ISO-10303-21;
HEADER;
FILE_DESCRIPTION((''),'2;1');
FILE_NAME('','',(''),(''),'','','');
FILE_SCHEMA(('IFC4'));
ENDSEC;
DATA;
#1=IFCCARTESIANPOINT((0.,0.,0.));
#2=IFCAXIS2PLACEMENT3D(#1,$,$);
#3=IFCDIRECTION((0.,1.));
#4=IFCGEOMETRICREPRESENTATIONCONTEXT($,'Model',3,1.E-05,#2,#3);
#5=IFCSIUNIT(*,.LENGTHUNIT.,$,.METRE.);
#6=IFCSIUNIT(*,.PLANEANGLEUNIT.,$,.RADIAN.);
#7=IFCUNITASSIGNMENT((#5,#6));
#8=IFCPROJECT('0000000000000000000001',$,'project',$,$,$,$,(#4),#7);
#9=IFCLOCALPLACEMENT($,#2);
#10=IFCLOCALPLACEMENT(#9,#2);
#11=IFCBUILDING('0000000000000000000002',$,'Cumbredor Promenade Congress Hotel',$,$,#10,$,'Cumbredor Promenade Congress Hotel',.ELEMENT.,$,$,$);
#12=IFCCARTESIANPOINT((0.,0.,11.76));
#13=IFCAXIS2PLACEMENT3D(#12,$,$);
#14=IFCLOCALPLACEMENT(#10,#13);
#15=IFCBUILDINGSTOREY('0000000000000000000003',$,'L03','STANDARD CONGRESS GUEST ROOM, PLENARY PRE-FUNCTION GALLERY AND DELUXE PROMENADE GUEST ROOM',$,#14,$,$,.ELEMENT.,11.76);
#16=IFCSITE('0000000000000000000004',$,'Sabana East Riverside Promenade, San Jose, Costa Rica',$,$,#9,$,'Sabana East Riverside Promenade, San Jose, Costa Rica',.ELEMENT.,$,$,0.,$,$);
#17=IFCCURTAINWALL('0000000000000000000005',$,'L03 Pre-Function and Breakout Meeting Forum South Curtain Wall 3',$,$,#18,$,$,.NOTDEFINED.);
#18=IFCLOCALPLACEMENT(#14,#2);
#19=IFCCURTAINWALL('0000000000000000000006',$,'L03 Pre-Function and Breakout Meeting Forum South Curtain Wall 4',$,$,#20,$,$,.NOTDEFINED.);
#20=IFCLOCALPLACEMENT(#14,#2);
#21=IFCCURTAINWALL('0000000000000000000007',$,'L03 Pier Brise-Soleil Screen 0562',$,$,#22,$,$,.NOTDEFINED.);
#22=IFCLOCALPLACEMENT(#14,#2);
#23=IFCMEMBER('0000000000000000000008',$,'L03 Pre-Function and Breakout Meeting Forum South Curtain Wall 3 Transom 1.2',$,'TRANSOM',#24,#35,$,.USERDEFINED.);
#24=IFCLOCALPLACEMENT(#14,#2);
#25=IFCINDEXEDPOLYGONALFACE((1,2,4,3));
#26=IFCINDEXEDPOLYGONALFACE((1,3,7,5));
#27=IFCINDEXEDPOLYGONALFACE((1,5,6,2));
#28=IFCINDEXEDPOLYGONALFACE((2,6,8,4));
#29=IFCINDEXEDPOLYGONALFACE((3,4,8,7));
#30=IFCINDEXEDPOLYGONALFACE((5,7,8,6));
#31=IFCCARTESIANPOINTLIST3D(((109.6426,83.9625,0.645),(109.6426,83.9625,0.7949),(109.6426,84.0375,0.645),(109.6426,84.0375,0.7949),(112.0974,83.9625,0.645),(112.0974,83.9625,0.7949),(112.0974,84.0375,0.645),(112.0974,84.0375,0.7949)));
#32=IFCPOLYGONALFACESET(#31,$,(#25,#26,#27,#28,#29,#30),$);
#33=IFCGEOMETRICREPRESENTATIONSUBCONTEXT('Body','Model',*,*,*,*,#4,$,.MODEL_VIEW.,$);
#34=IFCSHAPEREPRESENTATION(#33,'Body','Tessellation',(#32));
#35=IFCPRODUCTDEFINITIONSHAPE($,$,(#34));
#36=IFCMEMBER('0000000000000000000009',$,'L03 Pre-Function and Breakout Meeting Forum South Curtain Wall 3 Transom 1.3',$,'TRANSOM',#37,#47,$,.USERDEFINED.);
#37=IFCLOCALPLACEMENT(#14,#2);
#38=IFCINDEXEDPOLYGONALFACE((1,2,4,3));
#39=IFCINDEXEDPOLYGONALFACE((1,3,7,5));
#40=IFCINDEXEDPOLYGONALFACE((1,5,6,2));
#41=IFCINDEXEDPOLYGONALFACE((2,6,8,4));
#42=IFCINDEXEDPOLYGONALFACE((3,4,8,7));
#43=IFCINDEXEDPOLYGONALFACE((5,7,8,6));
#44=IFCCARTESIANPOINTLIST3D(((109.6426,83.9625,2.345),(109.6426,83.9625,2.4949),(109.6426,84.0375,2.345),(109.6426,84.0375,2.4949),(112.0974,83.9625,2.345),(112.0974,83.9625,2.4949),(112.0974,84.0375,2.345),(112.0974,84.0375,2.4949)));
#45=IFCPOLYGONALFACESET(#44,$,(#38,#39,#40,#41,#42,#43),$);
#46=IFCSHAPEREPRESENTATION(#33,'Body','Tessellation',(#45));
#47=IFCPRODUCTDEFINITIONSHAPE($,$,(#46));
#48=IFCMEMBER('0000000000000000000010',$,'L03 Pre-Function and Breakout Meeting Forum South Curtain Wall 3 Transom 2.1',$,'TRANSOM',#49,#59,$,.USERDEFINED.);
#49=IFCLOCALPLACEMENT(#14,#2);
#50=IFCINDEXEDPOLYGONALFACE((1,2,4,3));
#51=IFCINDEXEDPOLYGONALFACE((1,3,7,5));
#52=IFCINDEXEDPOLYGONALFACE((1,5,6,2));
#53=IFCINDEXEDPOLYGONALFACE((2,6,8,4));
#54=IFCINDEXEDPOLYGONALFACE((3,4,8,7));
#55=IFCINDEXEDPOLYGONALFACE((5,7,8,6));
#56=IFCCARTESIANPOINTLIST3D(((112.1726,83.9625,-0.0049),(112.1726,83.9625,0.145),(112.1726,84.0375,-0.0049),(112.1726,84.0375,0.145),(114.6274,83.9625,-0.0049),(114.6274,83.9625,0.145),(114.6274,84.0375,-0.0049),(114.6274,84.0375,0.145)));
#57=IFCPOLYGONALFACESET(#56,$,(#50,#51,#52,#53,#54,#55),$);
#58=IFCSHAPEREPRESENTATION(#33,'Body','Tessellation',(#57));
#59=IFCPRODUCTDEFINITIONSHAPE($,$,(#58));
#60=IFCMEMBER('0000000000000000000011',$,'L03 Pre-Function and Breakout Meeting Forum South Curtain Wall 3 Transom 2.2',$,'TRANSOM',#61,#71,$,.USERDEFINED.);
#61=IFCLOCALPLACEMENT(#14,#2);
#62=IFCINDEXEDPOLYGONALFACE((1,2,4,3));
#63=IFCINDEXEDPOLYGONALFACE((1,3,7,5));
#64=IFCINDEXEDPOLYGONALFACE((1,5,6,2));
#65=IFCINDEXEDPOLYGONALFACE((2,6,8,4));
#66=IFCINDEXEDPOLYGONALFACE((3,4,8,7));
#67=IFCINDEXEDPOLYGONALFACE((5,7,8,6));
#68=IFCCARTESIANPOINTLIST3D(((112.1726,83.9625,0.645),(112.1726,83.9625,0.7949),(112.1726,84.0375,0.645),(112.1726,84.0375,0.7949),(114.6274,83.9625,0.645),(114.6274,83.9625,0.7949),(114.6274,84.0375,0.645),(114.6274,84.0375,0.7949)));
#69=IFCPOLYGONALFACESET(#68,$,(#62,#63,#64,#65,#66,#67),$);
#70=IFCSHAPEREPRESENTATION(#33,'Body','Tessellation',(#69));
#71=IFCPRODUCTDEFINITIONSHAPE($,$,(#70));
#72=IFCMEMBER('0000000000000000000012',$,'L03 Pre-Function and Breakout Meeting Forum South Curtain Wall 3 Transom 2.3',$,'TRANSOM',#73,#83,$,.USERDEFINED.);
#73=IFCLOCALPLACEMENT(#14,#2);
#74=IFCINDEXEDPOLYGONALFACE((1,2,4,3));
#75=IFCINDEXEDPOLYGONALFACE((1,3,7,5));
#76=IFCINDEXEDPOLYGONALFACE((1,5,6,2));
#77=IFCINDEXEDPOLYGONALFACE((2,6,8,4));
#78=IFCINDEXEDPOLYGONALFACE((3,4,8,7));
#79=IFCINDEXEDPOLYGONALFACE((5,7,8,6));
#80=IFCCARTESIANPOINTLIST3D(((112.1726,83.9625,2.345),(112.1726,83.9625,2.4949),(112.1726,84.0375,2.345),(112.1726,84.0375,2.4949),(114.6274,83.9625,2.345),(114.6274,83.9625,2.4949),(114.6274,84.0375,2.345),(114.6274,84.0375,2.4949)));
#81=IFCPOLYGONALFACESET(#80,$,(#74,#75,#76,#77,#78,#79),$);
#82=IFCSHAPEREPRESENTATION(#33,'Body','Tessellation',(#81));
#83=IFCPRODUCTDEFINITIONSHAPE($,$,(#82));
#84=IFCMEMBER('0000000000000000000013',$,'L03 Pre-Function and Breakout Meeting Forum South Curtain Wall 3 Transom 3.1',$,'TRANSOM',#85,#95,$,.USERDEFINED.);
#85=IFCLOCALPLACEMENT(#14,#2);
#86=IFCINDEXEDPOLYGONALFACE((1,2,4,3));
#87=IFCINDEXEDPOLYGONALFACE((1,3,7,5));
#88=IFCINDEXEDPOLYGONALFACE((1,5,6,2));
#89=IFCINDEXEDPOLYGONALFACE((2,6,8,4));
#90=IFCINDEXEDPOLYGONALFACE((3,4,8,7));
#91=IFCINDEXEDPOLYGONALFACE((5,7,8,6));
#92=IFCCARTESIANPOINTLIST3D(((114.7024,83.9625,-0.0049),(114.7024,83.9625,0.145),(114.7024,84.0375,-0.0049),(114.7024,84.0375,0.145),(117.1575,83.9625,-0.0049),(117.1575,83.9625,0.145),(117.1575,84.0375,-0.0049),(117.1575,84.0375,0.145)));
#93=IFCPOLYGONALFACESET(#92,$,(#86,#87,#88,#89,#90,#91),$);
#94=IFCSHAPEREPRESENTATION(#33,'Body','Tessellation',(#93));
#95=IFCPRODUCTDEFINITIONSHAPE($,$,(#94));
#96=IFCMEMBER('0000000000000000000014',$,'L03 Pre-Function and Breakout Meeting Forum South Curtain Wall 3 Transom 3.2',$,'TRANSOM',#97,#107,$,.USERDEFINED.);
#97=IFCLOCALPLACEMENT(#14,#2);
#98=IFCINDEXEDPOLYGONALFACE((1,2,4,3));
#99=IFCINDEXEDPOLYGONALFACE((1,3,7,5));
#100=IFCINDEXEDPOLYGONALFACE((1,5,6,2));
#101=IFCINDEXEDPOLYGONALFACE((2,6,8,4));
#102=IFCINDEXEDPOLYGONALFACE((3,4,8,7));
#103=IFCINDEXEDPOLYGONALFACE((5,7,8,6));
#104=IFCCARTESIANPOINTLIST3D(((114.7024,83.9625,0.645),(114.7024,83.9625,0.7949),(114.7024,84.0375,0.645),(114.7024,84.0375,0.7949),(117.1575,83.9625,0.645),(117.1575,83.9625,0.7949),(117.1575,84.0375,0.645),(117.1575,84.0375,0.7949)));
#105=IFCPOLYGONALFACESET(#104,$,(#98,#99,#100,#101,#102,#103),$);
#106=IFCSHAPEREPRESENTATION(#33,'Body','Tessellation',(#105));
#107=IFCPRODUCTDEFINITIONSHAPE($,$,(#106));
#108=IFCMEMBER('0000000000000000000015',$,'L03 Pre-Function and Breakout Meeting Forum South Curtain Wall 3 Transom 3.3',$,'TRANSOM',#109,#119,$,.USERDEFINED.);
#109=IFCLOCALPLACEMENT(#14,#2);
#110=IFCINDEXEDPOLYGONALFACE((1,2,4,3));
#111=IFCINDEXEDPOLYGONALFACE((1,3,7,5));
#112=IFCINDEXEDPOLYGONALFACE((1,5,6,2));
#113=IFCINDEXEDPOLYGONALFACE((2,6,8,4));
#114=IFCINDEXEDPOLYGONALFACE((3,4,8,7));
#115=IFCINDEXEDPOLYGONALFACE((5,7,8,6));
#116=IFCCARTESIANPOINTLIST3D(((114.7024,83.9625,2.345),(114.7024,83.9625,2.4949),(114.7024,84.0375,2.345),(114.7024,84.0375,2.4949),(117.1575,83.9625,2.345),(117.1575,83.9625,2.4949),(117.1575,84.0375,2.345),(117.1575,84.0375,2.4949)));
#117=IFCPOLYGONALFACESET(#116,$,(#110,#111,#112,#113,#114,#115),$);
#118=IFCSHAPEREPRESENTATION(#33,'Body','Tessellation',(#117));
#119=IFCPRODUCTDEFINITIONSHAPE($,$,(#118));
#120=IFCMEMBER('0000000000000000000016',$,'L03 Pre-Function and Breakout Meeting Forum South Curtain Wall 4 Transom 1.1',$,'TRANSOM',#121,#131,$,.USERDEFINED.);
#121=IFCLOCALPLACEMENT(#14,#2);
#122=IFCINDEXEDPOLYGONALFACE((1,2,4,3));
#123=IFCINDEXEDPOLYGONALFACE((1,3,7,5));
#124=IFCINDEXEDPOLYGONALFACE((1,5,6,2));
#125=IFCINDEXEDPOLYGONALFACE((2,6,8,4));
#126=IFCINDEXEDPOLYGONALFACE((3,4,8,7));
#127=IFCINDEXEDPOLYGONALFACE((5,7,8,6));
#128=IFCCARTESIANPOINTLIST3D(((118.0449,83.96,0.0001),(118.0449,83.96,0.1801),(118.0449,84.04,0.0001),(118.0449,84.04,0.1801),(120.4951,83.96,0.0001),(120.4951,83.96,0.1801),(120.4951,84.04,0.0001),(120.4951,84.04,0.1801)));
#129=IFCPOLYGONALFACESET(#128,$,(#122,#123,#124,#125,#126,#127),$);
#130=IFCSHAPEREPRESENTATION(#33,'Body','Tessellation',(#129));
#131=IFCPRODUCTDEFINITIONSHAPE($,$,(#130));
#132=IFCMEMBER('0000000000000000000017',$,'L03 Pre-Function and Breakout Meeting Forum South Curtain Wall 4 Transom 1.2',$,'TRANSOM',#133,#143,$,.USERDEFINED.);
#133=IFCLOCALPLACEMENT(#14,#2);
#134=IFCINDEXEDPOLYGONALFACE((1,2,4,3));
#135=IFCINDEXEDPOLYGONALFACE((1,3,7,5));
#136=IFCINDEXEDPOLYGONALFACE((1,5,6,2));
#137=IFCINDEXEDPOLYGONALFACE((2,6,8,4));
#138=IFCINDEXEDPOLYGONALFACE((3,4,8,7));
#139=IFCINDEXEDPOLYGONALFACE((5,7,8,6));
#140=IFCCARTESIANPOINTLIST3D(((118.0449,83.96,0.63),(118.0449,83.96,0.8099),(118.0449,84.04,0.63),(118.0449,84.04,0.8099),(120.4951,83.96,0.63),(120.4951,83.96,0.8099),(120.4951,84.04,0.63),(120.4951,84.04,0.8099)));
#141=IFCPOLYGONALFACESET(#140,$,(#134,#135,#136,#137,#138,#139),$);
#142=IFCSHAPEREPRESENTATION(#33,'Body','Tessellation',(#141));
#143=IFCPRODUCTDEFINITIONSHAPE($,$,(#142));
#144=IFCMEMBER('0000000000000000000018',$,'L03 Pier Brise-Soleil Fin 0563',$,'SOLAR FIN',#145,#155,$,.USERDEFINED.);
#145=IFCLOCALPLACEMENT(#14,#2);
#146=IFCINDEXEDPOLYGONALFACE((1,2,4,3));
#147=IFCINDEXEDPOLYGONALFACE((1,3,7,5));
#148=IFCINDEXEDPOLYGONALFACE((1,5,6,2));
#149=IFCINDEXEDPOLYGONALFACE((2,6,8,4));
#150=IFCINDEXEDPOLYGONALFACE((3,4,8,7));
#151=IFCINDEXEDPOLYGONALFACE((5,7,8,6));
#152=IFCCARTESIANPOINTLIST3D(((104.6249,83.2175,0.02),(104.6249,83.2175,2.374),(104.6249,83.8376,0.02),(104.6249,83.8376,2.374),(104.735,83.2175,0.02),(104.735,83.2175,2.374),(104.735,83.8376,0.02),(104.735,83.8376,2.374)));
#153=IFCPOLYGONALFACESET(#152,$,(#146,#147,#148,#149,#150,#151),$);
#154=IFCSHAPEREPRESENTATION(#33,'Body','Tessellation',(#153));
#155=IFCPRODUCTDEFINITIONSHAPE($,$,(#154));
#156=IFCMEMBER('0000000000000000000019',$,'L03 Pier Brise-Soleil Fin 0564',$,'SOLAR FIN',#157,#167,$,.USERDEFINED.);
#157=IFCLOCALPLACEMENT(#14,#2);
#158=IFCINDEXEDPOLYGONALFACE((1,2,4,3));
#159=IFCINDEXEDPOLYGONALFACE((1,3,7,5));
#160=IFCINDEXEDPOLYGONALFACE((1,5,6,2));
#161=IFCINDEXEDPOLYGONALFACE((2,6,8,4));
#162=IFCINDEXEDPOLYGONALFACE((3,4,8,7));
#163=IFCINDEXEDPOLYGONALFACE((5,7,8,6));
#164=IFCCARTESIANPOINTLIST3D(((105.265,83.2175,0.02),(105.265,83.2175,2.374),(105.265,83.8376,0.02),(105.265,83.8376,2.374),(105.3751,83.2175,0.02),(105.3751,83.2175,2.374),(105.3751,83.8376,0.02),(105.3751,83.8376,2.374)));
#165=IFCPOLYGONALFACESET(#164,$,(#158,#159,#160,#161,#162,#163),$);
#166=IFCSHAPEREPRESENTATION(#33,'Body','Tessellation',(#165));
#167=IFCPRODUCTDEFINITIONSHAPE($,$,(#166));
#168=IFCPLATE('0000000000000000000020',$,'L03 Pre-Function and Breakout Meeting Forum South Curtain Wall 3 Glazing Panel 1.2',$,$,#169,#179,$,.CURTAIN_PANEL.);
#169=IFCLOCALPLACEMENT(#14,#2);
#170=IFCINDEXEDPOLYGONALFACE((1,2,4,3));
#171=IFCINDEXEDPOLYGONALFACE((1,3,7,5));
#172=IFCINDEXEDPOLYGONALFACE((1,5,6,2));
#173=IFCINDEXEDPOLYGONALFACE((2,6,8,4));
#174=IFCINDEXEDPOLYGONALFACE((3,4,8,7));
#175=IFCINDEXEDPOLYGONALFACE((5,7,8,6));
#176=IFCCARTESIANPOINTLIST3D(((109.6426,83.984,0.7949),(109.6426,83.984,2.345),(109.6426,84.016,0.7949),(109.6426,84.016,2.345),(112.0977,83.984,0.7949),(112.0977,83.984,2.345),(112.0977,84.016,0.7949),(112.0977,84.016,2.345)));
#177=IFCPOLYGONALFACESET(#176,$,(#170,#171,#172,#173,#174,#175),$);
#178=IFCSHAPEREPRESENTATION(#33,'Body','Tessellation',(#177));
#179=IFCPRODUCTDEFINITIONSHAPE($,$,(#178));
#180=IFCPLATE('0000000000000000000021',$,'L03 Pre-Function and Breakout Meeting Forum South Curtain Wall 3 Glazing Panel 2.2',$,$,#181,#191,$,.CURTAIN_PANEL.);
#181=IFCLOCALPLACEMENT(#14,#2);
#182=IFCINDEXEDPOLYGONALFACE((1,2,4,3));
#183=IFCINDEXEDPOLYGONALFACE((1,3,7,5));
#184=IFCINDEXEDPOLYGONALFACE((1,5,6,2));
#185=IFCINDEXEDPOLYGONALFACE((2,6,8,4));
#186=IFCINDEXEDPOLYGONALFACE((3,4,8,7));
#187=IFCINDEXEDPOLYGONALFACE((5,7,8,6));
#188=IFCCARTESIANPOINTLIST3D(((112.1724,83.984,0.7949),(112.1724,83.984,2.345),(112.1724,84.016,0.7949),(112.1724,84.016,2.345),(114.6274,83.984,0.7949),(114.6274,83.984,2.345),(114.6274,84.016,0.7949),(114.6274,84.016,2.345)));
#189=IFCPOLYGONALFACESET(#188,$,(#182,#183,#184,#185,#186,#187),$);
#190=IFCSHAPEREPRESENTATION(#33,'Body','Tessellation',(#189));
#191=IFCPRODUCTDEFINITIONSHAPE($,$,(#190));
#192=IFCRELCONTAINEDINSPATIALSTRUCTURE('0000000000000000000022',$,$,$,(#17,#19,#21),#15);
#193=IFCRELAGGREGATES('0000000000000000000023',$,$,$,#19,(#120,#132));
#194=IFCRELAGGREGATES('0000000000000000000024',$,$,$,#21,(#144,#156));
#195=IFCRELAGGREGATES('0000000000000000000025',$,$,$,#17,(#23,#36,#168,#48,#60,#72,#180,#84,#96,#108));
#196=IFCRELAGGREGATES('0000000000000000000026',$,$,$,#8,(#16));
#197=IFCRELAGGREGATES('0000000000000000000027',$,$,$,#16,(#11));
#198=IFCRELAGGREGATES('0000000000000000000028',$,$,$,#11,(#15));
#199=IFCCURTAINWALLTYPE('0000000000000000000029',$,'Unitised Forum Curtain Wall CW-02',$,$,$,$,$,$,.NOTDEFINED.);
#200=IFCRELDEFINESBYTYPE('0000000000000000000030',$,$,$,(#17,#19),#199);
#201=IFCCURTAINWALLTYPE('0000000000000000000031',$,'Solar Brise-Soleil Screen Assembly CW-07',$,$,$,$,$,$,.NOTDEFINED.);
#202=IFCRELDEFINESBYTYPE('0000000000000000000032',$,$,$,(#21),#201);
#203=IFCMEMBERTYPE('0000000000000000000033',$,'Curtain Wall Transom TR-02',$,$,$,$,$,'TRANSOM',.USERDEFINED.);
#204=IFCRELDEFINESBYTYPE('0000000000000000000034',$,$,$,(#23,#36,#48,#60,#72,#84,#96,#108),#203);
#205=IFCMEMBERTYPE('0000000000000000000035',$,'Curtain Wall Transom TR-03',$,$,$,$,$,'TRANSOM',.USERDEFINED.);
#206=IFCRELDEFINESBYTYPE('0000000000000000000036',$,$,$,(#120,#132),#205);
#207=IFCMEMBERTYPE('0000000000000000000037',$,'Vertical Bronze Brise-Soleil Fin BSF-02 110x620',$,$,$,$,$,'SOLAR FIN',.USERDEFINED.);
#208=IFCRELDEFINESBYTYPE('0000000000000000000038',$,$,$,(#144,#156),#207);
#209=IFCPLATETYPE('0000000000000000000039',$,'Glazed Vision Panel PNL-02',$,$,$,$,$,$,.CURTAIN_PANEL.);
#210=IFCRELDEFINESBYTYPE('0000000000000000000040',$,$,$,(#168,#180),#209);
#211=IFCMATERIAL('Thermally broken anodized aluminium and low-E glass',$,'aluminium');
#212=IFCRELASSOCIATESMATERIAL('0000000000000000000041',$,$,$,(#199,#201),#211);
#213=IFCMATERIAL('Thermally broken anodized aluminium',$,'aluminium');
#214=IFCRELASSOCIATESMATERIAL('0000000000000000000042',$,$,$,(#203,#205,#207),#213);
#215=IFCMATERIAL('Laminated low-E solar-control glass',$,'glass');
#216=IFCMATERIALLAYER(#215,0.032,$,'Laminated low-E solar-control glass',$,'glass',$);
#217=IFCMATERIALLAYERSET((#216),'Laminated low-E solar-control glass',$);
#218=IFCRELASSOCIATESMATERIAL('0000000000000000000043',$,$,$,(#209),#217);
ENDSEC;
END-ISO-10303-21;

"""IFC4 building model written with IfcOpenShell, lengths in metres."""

from ifc_helpers import new_model, si_unit, direction, frame, origin, origin_2d, place, context, subcontext, project, spatial, rectangle, extrude, material, layer, layer_set, material_profile, profile_set, type_object, element, aggregate, save


model = new_model("IFC4")

# Units and contexts
model_context = context("Model", 3, precision=1e-05, world=origin(), true_north=direction((0.0, 1.0)))
body_context = subcontext(model_context, "Body", "Model", "MODEL_VIEW")
ifc_project = project(units=[si_unit("LENGTHUNIT", "METRE"), si_unit("PLANEANGLEUNIT", "RADIAN")], contexts=[model_context])

# Site, building, storey
site_placement = place(None, origin())
site = spatial("IfcSite", under=ifc_project, at=site_placement, Name="Sabana East Riverside Promenade, San Jose, Costa Rica", LongName="Sabana East Riverside Promenade, San Jose, Costa Rica", CompositionType="ELEMENT", RefElevation=0.0)
building_placement = place(site_placement, origin())
building = spatial("IfcBuilding", under=site, at=building_placement, Name="Cumbredor Promenade Congress Hotel", LongName="Cumbredor Promenade Congress Hotel", CompositionType="ELEMENT")
storey_placement = place(building_placement, frame((0.0, 0.0, 11.76)))
storey = spatial("IfcBuildingStorey", under=building, at=storey_placement, Name="L03", Description="STANDARD CONGRESS GUEST ROOM, PLENARY PRE-FUNCTION GALLERY AND DELUXE PROMENADE GUEST ROOM", CompositionType="ELEMENT", Elevation=11.76)

# Curtain wall
ifc_material_1 = material(Name="Thermally broken anodized aluminium and low-E glass", Category="aluminium")
curtain_wall_type_1 = type_object("IfcCurtainWallType", Name="Unitised Forum Curtain Wall CW-02", PredefinedType="NOTDEFINED", material=ifc_material_1)
curtain_wall_1_placement = place(storey_placement, origin())
curtain_wall_1 = element("IfcCurtainWall", 1, at=curtain_wall_1_placement, inside=storey, type_object=curtain_wall_type_1, Name="L03 Pre-Function and Breakout Meeting Forum South Curtain Wall 3", PredefinedType="NOTDEFINED")
ifc_material_2 = material(Name="Thermally broken anodized aluminium", Category="aluminium")

# Curtain walls
curtain_wall_2_placement = place(storey_placement, origin())
curtain_wall_2 = element("IfcCurtainWall", 2, at=curtain_wall_2_placement, inside=storey, type_object=curtain_wall_type_1, Name="L03 Pre-Function and Breakout Meeting Forum South Curtain Wall 4", PredefinedType="NOTDEFINED")
curtain_wall_type_2 = type_object("IfcCurtainWallType", Name="Solar Brise-Soleil Screen Assembly CW-07", PredefinedType="NOTDEFINED", material=ifc_material_1)
curtain_wall_3_placement = place(storey_placement, origin())
curtain_wall_3 = element("IfcCurtainWall", 3, at=curtain_wall_3_placement, inside=storey, type_object=curtain_wall_type_2, Name="L03 Pier Brise-Soleil Screen 0562", PredefinedType="NOTDEFINED")

# Members
ifc_material_profile_1 = material_profile(ifc_material_2, rectangle(XDim=0.075, YDim=0.1499, at=origin_2d()), Name="ALU TRANSOM 75x150")
ifc_profile_set_1 = profile_set([ifc_material_profile_1], Name="Thermally broken anodized aluminium")
member_type_1 = type_object("IfcMemberType", Name="Curtain Wall Transom TR-02", ElementType="TRANSOM", PredefinedType="USERDEFINED", material=ifc_profile_set_1)
member_1_placement = place(storey_placement, frame((109.6426, 84.0, 0.72), z_axis=(1.0, 0.0, 0.0), x_axis=(0.0, 1.0, 0.0)))
member_1 = element("IfcMember", 4, at=member_1_placement, type_object=member_type_1, Name="L03 Pre-Function and Breakout Meeting Forum South Curtain Wall 3 Transom 1.2", ObjectType="TRANSOM", PredefinedType="USERDEFINED", context=body_context, shape_type="SweptSolid", body=[
    extrude(rectangle(XDim=0.075, YDim=0.1499, at=origin_2d()), origin(), (0.0, 0.0, 1.0), 2.4548),
])
member_2_placement = place(storey_placement, frame((109.6426, 84.0, 2.4199), z_axis=(1.0, 0.0, 0.0), x_axis=(0.0, 1.0, 0.0)))
member_2 = element("IfcMember", 5, at=member_2_placement, type_object=member_type_1, Name="L03 Pre-Function and Breakout Meeting Forum South Curtain Wall 3 Transom 1.3", ObjectType="TRANSOM", PredefinedType="USERDEFINED", context=body_context, shape_type="SweptSolid", body=[
    extrude(rectangle(XDim=0.075, YDim=0.1499, at=origin_2d()), origin(), (0.0, 0.0, 1.0), 2.4548),
])
member_3_placement = place(storey_placement, frame((112.1726, 84.0, 0.0701), z_axis=(1.0, 0.0, 0.0), x_axis=(0.0, 1.0, 0.0)))
member_3 = element("IfcMember", 6, at=member_3_placement, type_object=member_type_1, Name="L03 Pre-Function and Breakout Meeting Forum South Curtain Wall 3 Transom 2.1", ObjectType="TRANSOM", PredefinedType="USERDEFINED", context=body_context, shape_type="SweptSolid", body=[
    extrude(rectangle(XDim=0.075, YDim=0.1499, at=origin_2d()), origin(), (0.0, 0.0, 1.0), 2.4548),
])
member_4_placement = place(storey_placement, frame((112.1726, 84.0, 0.72), z_axis=(1.0, 0.0, 0.0), x_axis=(0.0, 1.0, 0.0)))
member_4 = element("IfcMember", 7, at=member_4_placement, type_object=member_type_1, Name="L03 Pre-Function and Breakout Meeting Forum South Curtain Wall 3 Transom 2.2", ObjectType="TRANSOM", PredefinedType="USERDEFINED", context=body_context, shape_type="SweptSolid", body=[
    extrude(rectangle(XDim=0.075, YDim=0.1499, at=origin_2d()), origin(), (0.0, 0.0, 1.0), 2.4548),
])
member_5_placement = place(storey_placement, frame((112.1726, 84.0, 2.4199), z_axis=(1.0, 0.0, 0.0), x_axis=(0.0, 1.0, 0.0)))
member_5 = element("IfcMember", 8, at=member_5_placement, type_object=member_type_1, Name="L03 Pre-Function and Breakout Meeting Forum South Curtain Wall 3 Transom 2.3", ObjectType="TRANSOM", PredefinedType="USERDEFINED", context=body_context, shape_type="SweptSolid", body=[
    extrude(rectangle(XDim=0.075, YDim=0.1499, at=origin_2d()), origin(), (0.0, 0.0, 1.0), 2.4548),
])
member_6_placement = place(storey_placement, frame((114.7024, 84.0, 0.0701), z_axis=(1.0, 0.0, 0.0), x_axis=(0.0, 1.0, 0.0)))
member_6 = element("IfcMember", 9, at=member_6_placement, type_object=member_type_1, Name="L03 Pre-Function and Breakout Meeting Forum South Curtain Wall 3 Transom 3.1", ObjectType="TRANSOM", PredefinedType="USERDEFINED", context=body_context, shape_type="SweptSolid", body=[
    extrude(rectangle(XDim=0.075, YDim=0.1499, at=origin_2d()), origin(), (0.0, 0.0, 1.0), 2.4551),
])
member_7_placement = place(storey_placement, frame((114.7024, 84.0, 0.72), z_axis=(1.0, 0.0, 0.0), x_axis=(0.0, 1.0, 0.0)))
member_7 = element("IfcMember", 10, at=member_7_placement, type_object=member_type_1, Name="L03 Pre-Function and Breakout Meeting Forum South Curtain Wall 3 Transom 3.2", ObjectType="TRANSOM", PredefinedType="USERDEFINED", context=body_context, shape_type="SweptSolid", body=[
    extrude(rectangle(XDim=0.075, YDim=0.1499, at=origin_2d()), origin(), (0.0, 0.0, 1.0), 2.4551),
])
member_8_placement = place(storey_placement, frame((114.7024, 84.0, 2.4199), z_axis=(1.0, 0.0, 0.0), x_axis=(0.0, 1.0, 0.0)))
member_8 = element("IfcMember", 11, at=member_8_placement, type_object=member_type_1, Name="L03 Pre-Function and Breakout Meeting Forum South Curtain Wall 3 Transom 3.3", ObjectType="TRANSOM", PredefinedType="USERDEFINED", context=body_context, shape_type="SweptSolid", body=[
    extrude(rectangle(XDim=0.075, YDim=0.1499, at=origin_2d()), origin(), (0.0, 0.0, 1.0), 2.4551),
])
ifc_material_profile_2 = material_profile(ifc_material_2, rectangle(XDim=0.0801, YDim=0.1799, at=origin_2d()), Name="ALU TRANSOM 80x180")
ifc_profile_set_2 = profile_set([ifc_material_profile_2], Name="Thermally broken anodized aluminium")
member_type_2 = type_object("IfcMemberType", Name="Curtain Wall Transom TR-03", ElementType="TRANSOM", PredefinedType="USERDEFINED", material=ifc_profile_set_2)
member_9_placement = place(storey_placement, frame((118.0449, 84.0, 0.0901), z_axis=(1.0, 0.0, 0.0), x_axis=(0.0, 1.0, 0.0)))
member_9 = element("IfcMember", 12, at=member_9_placement, type_object=member_type_2, Name="L03 Pre-Function and Breakout Meeting Forum South Curtain Wall 4 Transom 1.1", ObjectType="TRANSOM", PredefinedType="USERDEFINED", context=body_context, shape_type="SweptSolid", body=[
    extrude(rectangle(XDim=0.0801, YDim=0.1799, at=origin_2d()), origin(), (0.0, 0.0, 1.0), 2.4502),
])
member_10_placement = place(storey_placement, frame((118.0449, 84.0, 0.72), z_axis=(1.0, 0.0, 0.0), x_axis=(0.0, 1.0, 0.0)))
member_10 = element("IfcMember", 13, at=member_10_placement, type_object=member_type_2, Name="L03 Pre-Function and Breakout Meeting Forum South Curtain Wall 4 Transom 1.2", ObjectType="TRANSOM", PredefinedType="USERDEFINED", context=body_context, shape_type="SweptSolid", body=[
    extrude(rectangle(XDim=0.0801, YDim=0.1799, at=origin_2d()), origin(), (0.0, 0.0, 1.0), 2.4502),
])
aggregate(curtain_wall_2, [member_9, member_10])
ifc_material_profile_3 = material_profile(ifc_material_2, rectangle(XDim=0.1101, YDim=0.6201, at=origin_2d()), Name="ARCH FIN 110x620")
ifc_profile_set_3 = profile_set([ifc_material_profile_3], Name="Thermally broken anodized aluminium")
member_type_3 = type_object("IfcMemberType", Name="Vertical Bronze Brise-Soleil Fin BSF-02 110x620", ElementType="SOLAR FIN", PredefinedType="USERDEFINED", material=ifc_profile_set_3)
member_11_placement = place(storey_placement, frame((104.6799, 83.5276, 0.02), z_axis=(0.0, 0.0, 1.0), x_axis=(1.0, 0.0, 0.0)))
member_11 = element("IfcMember", 14, at=member_11_placement, type_object=member_type_3, Name="L03 Pier Brise-Soleil Fin 0563", ObjectType="SOLAR FIN", PredefinedType="USERDEFINED", context=body_context, shape_type="SweptSolid", body=[
    extrude(rectangle(XDim=0.1101, YDim=0.6201, at=origin_2d()), origin(), (0.0, 0.0, 1.0), 2.354),
])
member_12_placement = place(storey_placement, frame((105.3201, 83.5276, 0.02), z_axis=(0.0, 0.0, 1.0), x_axis=(1.0, 0.0, 0.0)))
member_12 = element("IfcMember", 15, at=member_12_placement, type_object=member_type_3, Name="L03 Pier Brise-Soleil Fin 0564", ObjectType="SOLAR FIN", PredefinedType="USERDEFINED", context=body_context, shape_type="SweptSolid", body=[
    extrude(rectangle(XDim=0.1101, YDim=0.6201, at=origin_2d()), origin(), (0.0, 0.0, 1.0), 2.354),
])
aggregate(curtain_wall_3, [member_11, member_12])

# Plates
ifc_material_3 = material(Name="Laminated low-E solar-control glass", Category="glass")
ifc_layer_1 = layer(ifc_material_3, 0.032, Name="Laminated low-E solar-control glass", Category="glass")
ifc_layer_set_1 = layer_set([ifc_layer_1], Name="Laminated low-E solar-control glass")
plate_type_1 = type_object("IfcPlateType", Name="Glazed Vision Panel PNL-02", PredefinedType="CURTAIN_PANEL", material=ifc_layer_set_1)
plate_1_placement = place(storey_placement, frame((110.8701, 84.0, 0.7949), z_axis=(0.0, 0.0, 1.0), x_axis=(1.0, 0.0, 0.0)))
plate_1 = element("IfcPlate", 16, at=plate_1_placement, type_object=plate_type_1, Name="L03 Pre-Function and Breakout Meeting Forum South Curtain Wall 3 Glazing Panel 1.2", PredefinedType="CURTAIN_PANEL", context=body_context, shape_type="SweptSolid", body=[
    extrude(rectangle(XDim=2.4551, YDim=0.032, at=origin_2d()), origin(), (0.0, 0.0, 1.0), 1.55),
])
plate_2_placement = place(storey_placement, frame((113.3999, 84.0, 0.7949), z_axis=(0.0, 0.0, 1.0), x_axis=(1.0, 0.0, 0.0)))
plate_2 = element("IfcPlate", 17, at=plate_2_placement, type_object=plate_type_1, Name="L03 Pre-Function and Breakout Meeting Forum South Curtain Wall 3 Glazing Panel 2.2", PredefinedType="CURTAIN_PANEL", context=body_context, shape_type="SweptSolid", body=[
    extrude(rectangle(XDim=2.4551, YDim=0.032, at=origin_2d()), origin(), (0.0, 0.0, 1.0), 1.55),
])
aggregate(curtain_wall_1, [member_1, member_2, plate_1, member_3, member_4, member_5, plate_2, member_6, member_7, member_8])

save(model, "model.ifc")
